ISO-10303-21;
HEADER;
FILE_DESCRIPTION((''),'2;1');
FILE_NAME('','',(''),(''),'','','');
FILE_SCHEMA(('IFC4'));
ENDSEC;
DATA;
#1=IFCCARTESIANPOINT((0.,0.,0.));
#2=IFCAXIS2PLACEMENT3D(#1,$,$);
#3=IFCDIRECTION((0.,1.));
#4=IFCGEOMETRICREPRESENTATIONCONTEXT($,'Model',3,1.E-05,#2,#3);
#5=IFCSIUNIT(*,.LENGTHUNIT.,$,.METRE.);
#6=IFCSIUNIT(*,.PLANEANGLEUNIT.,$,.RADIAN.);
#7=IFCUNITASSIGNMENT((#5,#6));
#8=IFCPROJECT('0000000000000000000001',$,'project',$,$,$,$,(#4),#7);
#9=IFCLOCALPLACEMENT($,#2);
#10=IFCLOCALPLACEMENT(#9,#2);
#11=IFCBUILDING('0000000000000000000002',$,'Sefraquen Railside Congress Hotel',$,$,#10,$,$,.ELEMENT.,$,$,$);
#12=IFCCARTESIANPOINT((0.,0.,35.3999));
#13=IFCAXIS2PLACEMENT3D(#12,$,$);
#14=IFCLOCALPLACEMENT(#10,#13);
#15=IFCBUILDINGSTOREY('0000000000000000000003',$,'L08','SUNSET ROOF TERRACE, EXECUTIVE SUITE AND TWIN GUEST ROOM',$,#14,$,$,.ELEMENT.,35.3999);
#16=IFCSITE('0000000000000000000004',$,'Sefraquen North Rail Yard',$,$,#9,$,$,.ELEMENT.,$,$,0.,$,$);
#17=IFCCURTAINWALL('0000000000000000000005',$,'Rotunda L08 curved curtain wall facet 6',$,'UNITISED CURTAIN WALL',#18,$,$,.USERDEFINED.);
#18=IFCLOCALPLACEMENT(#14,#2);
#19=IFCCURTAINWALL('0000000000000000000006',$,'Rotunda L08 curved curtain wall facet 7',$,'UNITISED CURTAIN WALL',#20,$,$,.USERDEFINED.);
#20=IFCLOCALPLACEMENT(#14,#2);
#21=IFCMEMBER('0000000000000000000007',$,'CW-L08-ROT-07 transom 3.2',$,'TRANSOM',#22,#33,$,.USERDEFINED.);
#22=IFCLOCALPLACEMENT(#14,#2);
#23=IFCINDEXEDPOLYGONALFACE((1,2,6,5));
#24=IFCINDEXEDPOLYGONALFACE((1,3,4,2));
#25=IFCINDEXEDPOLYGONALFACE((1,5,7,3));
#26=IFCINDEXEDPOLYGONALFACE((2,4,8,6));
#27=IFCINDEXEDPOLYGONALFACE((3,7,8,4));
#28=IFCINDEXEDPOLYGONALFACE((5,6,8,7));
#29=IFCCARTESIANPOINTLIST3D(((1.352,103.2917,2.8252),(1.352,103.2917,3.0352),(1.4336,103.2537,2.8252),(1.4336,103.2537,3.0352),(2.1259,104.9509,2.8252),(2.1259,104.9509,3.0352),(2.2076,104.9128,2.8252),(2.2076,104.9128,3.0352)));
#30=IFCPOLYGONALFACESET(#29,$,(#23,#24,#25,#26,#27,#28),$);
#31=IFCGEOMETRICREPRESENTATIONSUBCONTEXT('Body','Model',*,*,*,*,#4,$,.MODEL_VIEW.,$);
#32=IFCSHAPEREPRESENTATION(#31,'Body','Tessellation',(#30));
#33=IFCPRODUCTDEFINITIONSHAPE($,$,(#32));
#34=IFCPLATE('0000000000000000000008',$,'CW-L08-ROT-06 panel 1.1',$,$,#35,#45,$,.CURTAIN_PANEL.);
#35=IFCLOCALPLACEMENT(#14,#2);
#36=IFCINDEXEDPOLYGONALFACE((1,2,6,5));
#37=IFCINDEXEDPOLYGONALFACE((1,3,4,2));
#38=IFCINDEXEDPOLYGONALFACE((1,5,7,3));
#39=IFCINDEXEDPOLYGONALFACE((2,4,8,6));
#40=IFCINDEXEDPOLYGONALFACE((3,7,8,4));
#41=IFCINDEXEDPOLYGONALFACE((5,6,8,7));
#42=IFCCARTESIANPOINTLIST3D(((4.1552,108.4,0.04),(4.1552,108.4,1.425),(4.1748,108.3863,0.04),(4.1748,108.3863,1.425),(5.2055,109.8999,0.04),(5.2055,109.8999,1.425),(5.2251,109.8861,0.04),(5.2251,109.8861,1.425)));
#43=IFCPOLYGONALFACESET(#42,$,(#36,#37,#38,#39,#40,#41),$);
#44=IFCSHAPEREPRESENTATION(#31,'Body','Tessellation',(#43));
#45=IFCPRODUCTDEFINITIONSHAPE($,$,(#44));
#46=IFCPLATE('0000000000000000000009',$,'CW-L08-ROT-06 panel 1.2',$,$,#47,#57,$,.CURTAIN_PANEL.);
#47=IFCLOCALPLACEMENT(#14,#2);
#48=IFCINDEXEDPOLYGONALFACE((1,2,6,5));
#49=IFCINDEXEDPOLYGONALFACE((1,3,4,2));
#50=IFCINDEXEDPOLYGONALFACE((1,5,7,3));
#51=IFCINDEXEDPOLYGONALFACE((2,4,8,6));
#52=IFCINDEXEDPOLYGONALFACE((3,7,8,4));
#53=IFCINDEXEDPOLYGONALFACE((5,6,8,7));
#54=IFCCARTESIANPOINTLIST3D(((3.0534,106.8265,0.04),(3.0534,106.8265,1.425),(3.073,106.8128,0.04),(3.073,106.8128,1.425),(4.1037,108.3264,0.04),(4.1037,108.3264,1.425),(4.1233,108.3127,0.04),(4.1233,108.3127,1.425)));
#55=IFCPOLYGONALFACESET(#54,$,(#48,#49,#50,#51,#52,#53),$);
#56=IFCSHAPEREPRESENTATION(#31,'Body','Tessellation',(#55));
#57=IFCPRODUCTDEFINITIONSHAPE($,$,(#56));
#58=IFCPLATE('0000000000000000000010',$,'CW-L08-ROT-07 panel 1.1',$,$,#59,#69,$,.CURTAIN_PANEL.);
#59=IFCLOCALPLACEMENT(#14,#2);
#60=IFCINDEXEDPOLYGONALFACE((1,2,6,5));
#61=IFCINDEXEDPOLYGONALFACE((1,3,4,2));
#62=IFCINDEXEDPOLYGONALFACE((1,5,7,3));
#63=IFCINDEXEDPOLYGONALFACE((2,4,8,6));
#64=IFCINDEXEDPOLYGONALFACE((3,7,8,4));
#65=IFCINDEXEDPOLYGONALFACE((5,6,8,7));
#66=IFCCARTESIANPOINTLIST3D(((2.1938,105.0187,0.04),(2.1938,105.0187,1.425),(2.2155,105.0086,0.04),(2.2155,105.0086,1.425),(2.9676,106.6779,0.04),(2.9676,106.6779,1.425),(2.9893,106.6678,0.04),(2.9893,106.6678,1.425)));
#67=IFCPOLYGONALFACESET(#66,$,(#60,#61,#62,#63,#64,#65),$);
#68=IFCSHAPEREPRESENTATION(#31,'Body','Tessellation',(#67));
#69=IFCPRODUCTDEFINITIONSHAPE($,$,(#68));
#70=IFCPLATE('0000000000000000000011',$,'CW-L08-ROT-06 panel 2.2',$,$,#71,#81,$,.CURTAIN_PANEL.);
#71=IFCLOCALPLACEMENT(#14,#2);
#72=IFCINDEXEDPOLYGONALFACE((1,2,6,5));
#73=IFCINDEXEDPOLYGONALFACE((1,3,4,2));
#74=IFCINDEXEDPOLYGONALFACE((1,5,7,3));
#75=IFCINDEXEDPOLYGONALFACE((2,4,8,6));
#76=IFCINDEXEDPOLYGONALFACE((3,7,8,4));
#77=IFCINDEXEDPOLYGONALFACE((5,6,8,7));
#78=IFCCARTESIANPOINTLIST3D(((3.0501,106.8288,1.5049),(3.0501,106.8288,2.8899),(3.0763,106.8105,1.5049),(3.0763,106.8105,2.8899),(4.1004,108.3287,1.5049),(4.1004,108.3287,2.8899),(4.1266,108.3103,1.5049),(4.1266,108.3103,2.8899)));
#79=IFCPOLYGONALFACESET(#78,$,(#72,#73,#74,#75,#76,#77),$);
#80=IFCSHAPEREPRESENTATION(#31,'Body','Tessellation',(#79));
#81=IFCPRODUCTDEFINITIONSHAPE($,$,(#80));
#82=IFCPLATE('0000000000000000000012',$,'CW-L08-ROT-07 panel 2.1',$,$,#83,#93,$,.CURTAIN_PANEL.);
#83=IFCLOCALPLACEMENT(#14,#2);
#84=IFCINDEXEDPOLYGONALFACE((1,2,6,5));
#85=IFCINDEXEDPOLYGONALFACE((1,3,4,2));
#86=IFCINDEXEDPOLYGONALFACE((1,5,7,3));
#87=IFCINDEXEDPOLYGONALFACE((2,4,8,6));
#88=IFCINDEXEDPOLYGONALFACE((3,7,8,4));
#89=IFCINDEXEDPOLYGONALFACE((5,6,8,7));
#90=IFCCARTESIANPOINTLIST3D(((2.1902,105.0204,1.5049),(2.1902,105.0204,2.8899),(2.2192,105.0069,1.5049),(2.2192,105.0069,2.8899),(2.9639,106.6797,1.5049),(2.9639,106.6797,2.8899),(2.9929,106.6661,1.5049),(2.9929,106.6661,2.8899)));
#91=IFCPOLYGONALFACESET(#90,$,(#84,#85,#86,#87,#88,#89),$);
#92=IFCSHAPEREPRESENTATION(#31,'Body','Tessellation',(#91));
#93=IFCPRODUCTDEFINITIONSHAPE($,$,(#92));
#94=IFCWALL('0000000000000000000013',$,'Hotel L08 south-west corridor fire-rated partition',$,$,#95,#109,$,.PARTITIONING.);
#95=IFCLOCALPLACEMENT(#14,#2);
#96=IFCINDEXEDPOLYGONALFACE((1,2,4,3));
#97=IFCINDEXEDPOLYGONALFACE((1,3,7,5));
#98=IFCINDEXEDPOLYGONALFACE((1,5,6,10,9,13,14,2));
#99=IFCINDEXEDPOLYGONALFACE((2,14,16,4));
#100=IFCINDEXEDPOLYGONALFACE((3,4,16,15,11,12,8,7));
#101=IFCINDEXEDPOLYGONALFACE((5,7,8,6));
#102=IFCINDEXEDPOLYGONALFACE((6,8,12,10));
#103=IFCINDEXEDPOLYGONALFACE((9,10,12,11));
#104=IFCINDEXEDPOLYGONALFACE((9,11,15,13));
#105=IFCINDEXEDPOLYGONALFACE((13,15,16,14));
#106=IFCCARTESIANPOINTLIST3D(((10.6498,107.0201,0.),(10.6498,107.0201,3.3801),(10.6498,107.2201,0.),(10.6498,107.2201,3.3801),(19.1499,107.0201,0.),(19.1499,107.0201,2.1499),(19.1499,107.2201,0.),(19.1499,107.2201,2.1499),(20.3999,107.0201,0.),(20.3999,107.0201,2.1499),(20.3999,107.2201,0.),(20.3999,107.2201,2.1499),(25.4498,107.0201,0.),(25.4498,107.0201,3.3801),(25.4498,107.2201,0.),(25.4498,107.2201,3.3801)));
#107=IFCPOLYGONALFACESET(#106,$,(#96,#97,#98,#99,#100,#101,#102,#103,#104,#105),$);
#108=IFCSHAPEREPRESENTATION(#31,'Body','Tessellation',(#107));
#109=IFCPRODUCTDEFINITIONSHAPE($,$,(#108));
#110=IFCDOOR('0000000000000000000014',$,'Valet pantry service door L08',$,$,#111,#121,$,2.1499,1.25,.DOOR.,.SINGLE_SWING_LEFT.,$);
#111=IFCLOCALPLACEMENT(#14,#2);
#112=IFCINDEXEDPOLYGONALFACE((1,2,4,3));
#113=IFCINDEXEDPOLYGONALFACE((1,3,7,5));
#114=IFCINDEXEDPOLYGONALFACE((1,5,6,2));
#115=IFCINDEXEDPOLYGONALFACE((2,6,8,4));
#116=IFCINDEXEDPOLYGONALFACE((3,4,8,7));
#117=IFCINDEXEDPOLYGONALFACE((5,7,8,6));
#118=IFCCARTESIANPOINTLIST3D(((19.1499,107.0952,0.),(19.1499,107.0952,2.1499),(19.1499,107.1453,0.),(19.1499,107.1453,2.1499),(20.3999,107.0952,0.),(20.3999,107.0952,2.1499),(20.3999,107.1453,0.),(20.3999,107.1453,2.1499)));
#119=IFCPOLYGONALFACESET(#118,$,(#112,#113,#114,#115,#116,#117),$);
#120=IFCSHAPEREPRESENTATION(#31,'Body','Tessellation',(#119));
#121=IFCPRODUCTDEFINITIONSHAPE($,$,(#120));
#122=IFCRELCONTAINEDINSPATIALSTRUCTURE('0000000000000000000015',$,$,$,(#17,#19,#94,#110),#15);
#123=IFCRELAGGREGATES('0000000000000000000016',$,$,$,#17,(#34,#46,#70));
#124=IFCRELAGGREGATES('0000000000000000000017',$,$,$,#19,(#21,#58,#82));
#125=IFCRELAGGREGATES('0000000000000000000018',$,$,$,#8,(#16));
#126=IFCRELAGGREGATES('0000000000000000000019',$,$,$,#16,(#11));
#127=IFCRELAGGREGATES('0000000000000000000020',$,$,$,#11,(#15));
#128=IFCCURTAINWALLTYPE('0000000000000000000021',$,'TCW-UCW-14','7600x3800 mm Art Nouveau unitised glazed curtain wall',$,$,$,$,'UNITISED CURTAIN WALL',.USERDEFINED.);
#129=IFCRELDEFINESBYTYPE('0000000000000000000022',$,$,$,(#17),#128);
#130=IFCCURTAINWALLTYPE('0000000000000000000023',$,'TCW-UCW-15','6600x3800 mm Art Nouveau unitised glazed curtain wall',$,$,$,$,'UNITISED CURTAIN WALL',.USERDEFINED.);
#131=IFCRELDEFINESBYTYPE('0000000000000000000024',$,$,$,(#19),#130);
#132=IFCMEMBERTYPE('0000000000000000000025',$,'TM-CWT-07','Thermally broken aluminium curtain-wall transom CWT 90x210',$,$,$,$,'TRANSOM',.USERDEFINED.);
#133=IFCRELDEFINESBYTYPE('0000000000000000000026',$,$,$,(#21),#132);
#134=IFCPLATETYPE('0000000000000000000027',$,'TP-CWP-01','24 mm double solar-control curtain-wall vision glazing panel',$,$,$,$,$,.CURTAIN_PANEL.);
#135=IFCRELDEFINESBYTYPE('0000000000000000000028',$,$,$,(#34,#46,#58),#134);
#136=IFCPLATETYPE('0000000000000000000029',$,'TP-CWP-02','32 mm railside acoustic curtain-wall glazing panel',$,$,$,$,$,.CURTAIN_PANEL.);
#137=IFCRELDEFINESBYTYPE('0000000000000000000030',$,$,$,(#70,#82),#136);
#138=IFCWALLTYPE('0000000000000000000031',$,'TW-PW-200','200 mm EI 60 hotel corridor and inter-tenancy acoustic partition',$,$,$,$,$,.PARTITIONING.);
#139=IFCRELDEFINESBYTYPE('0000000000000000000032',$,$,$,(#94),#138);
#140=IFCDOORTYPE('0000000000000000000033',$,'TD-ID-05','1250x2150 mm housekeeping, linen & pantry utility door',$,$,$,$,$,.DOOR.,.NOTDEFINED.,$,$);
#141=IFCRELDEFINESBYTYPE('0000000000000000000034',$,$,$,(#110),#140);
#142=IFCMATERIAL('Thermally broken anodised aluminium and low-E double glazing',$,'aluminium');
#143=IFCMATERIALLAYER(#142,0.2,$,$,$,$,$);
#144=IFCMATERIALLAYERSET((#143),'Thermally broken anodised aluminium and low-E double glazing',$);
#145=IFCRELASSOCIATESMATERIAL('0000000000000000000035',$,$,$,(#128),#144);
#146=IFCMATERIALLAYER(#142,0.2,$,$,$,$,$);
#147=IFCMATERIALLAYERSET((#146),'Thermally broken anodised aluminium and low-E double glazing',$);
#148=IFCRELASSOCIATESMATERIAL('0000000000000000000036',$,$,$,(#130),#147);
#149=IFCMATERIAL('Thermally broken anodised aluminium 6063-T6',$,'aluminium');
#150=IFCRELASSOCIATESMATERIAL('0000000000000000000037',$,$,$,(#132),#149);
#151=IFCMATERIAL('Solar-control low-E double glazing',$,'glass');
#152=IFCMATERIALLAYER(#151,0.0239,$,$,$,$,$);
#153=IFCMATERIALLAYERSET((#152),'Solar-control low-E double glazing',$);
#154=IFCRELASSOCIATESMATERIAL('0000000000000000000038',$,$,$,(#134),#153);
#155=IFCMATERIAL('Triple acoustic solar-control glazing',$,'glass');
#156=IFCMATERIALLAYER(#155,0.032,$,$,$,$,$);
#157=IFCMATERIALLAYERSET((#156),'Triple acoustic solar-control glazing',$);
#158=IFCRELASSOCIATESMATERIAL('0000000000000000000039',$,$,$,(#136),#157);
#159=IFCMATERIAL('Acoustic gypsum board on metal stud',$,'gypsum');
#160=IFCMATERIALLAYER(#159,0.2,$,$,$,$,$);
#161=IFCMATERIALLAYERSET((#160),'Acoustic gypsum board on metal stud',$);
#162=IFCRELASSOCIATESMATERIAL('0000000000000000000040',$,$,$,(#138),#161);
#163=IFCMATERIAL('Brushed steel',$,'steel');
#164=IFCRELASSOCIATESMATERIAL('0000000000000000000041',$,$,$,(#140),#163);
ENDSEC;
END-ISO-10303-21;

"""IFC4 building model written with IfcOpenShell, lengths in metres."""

from ifc_helpers import new_model, si_unit, direction, frame, frame_2d, origin, origin_2d, place, context, subcontext, project, spatial, rectangle, extrude, material, layer, layer_set, material_profile, profile_set, type_object, element, fill, aggregate, save


model = new_model("IFC4")

# Units and contexts
model_context = context("Model", 3, precision=1e-05, world=origin(), true_north=direction((0.0, 1.0)))
body_context = subcontext(model_context, "Body", "Model", "MODEL_VIEW")
ifc_project = project(units=[si_unit("LENGTHUNIT", "METRE"), si_unit("PLANEANGLEUNIT", "RADIAN")], contexts=[model_context])

# Site, building, storey
site_placement = place(None, origin())
site = spatial("IfcSite", under=ifc_project, at=site_placement, Name="Sefraquen North Rail Yard", CompositionType="ELEMENT", RefElevation=0.0)
building_placement = place(site_placement, origin())
building = spatial("IfcBuilding", under=site, at=building_placement, Name="Sefraquen Railside Congress Hotel", CompositionType="ELEMENT")
storey_placement = place(building_placement, frame((0.0, 0.0, 35.3999)))
storey = spatial("IfcBuildingStorey", under=building, at=storey_placement, Name="L08", Description="SUNSET ROOF TERRACE, EXECUTIVE SUITE AND TWIN GUEST ROOM", CompositionType="ELEMENT", Elevation=35.3999)

# Curtain walls
ifc_material_1 = material(Name="Thermally broken anodised aluminium and low-E double glazing", Category="aluminium")
ifc_layer_1 = layer(ifc_material_1, 0.2)
ifc_layer_set_1 = layer_set([ifc_layer_1], Name="Thermally broken anodised aluminium and low-E double glazing")
curtain_wall_type_1 = type_object("IfcCurtainWallType", Name="TCW-UCW-14", Description="7600x3800 mm Art Nouveau unitised glazed curtain wall", ElementType="UNITISED CURTAIN WALL", PredefinedType="USERDEFINED", material=ifc_layer_set_1)
curtain_wall_1_placement = place(storey_placement, origin())
curtain_wall_1 = element("IfcCurtainWall", 1, at=curtain_wall_1_placement, inside=storey, type_object=curtain_wall_type_1, Name="Rotunda L08 curved curtain wall facet 6", ObjectType="UNITISED CURTAIN WALL", PredefinedType="USERDEFINED")
ifc_material_2 = material(Name="Thermally broken anodised aluminium 6063-T6", Category="aluminium")
ifc_layer_2 = layer(ifc_material_1, 0.2)
ifc_layer_set_2 = layer_set([ifc_layer_2], Name="Thermally broken anodised aluminium and low-E double glazing")
curtain_wall_type_2 = type_object("IfcCurtainWallType", Name="TCW-UCW-15", Description="6600x3800 mm Art Nouveau unitised glazed curtain wall", ElementType="UNITISED CURTAIN WALL", PredefinedType="USERDEFINED", material=ifc_layer_set_2)
curtain_wall_2_placement = place(storey_placement, origin())
curtain_wall_2 = element("IfcCurtainWall", 2, at=curtain_wall_2_placement, inside=storey, type_object=curtain_wall_type_2, Name="Rotunda L08 curved curtain wall facet 7", ObjectType="UNITISED CURTAIN WALL", PredefinedType="USERDEFINED")

# Member
ifc_material_profile_1 = material_profile(ifc_material_2, rectangle(XDim=0.0901, YDim=0.21, at=origin_2d()), Name="CWT 90x210")
ifc_profile_set_1 = profile_set([ifc_material_profile_1], Name="Thermally broken anodised aluminium 6063-T6")
member_type_1 = type_object("IfcMemberType", Name="TM-CWT-07", Description="Thermally broken aluminium curtain-wall transom CWT 90x210", ElementType="TRANSOM", PredefinedType="USERDEFINED", material=ifc_profile_set_1)
member_1_placement = place(storey_placement, frame((2.1667, 104.9319, 2.9302), z_axis=(-0.422725, -0.906258, 0.0), x_axis=(0.906258, -0.422725, 0.0)))
member_1 = element("IfcMember", 3, at=member_1_placement, type_object=member_type_1, Name="CW-L08-ROT-07 transom 3.2", ObjectType="TRANSOM", PredefinedType="USERDEFINED", context=body_context, shape_type="SweptSolid", body=[
    extrude(rectangle(XDim=0.0901, YDim=0.21, at=origin_2d()), origin(), (0.0, 0.0, 1.0), 1.8308),
])

# Plates
ifc_material_3 = material(Name="Solar-control low-E double glazing", Category="glass")
ifc_layer_3 = layer(ifc_material_3, 0.0239)
ifc_layer_set_3 = layer_set([ifc_layer_3], Name="Solar-control low-E double glazing")
plate_type_1 = type_object("IfcPlateType", Name="TP-CWP-01", Description="24 mm double solar-control curtain-wall vision glazing panel", PredefinedType="CURTAIN_PANEL", material=ifc_layer_set_3)
plate_1_placement = place(storey_placement, frame((4.6902, 109.1431, 0.04), z_axis=(0.0, 0.0, 1.0), x_axis=(-0.573605, -0.819132, 0.0)))
plate_1 = element("IfcPlate", 4, at=plate_1_placement, type_object=plate_type_1, Name="CW-L08-ROT-06 panel 1.1", PredefinedType="CURTAIN_PANEL", context=body_context, shape_type="SweptSolid", body=[
    extrude(rectangle(XDim=1.8311, YDim=0.0239, at=origin_2d()), origin(), (0.0, 0.0, 1.0), 1.385),
])
plate_2_placement = place(storey_placement, frame((3.5884, 107.5696, 0.04), z_axis=(0.0, 0.0, 1.0), x_axis=(-0.573605, -0.819132, 0.0)))
plate_2 = element("IfcPlate", 5, at=plate_2_placement, type_object=plate_type_1, Name="CW-L08-ROT-06 panel 1.2", PredefinedType="CURTAIN_PANEL", context=body_context, shape_type="SweptSolid", body=[
    extrude(rectangle(XDim=1.8311, YDim=0.0239, at=origin_2d()), origin(), (0.0, 0.0, 1.0), 1.385),
])
plate_3_placement = place(storey_placement, frame((2.5916, 105.8433, 0.04), z_axis=(0.0, 0.0, 1.0), x_axis=(-0.422634, -0.9063, 0.0)))
plate_3 = element("IfcPlate", 6, at=plate_3_placement, type_object=plate_type_1, Name="CW-L08-ROT-07 panel 1.1", PredefinedType="CURTAIN_PANEL", context=body_context, shape_type="SweptSolid", body=[
    extrude(rectangle(XDim=1.8308, YDim=0.0239, at=origin_2d()), origin(), (0.0, 0.0, 1.0), 1.385),
])
ifc_material_4 = material(Name="Triple acoustic solar-control glazing", Category="glass")
ifc_layer_4 = layer(ifc_material_4, 0.032)
ifc_layer_set_4 = layer_set([ifc_layer_4], Name="Triple acoustic solar-control glazing")
plate_type_2 = type_object("IfcPlateType", Name="TP-CWP-02", Description="32 mm railside acoustic curtain-wall glazing panel", PredefinedType="CURTAIN_PANEL", material=ifc_layer_set_4)
plate_4_placement = place(storey_placement, frame((3.5884, 107.5696, 1.5049), z_axis=(0.0, 0.0, 1.0), x_axis=(-0.573605, -0.819132, 0.0)))
plate_4 = element("IfcPlate", 7, at=plate_4_placement, type_object=plate_type_2, Name="CW-L08-ROT-06 panel 2.2", PredefinedType="CURTAIN_PANEL", context=body_context, shape_type="SweptSolid", body=[
    extrude(rectangle(XDim=1.8311, YDim=0.032, at=origin_2d()), origin(), (0.0, 0.0, 1.0), 1.385),
])
aggregate(curtain_wall_1, [plate_1, plate_2, plate_4])
plate_5_placement = place(storey_placement, frame((2.5916, 105.8433, 1.5049), z_axis=(0.0, 0.0, 1.0), x_axis=(-0.422634, -0.9063, 0.0)))
plate_5 = element("IfcPlate", 8, at=plate_5_placement, type_object=plate_type_2, Name="CW-L08-ROT-07 panel 2.1", PredefinedType="CURTAIN_PANEL", context=body_context, shape_type="SweptSolid", body=[
    extrude(rectangle(XDim=1.8308, YDim=0.032, at=origin_2d()), origin(), (0.0, 0.0, 1.0), 1.385),
])
aggregate(curtain_wall_2, [member_1, plate_3, plate_5])

# Wall, opening, door
ifc_material_5 = material(Name="Acoustic gypsum board on metal stud", Category="gypsum")
ifc_layer_5 = layer(ifc_material_5, 0.2)
ifc_layer_set_5 = layer_set([ifc_layer_5], Name="Acoustic gypsum board on metal stud")
wall_type = type_object("IfcWallType", Name="TW-PW-200", Description="200 mm EI 60 hotel corridor and inter-tenancy acoustic partition", PredefinedType="PARTITIONING", material=ifc_layer_set_5)
wall_placement = place(storey_placement, frame((10.6499, 107.1201, 0.0), z_axis=(0.0, 0.0, 1.0), x_axis=(1.0, 0.0, 0.0)))
wall = element("IfcWall", 9, at=wall_placement, inside=storey, type_object=wall_type, Name="Hotel L08 south-west corridor fire-rated partition", PredefinedType="PARTITIONING", context=body_context, shape_type="SweptSolid", body=[
    extrude(rectangle(XDim=14.8, YDim=0.2, at=frame_2d((7.3999, 0.0))), origin(), (0.0, 0.0, 1.0), 3.3801),
])
opening_placement = place(wall_placement, frame((8.5, 0.0, 0.0)))
opening = element("IfcOpeningElement", 10, at=opening_placement, cuts=wall, PredefinedType="OPENING", context=body_context, shape_type="SweptSolid", body=[
    extrude(rectangle(XDim=1.25, YDim=2.1499, at=frame_2d((0.625, 1.075))), frame((0.0, 0.1099, 0.0), z_axis=(0.0, -1.0, 0.0), x_axis=(1.0, 0.0, 0.0)), (0.0, 0.0, 1.0), 0.22),
])
ifc_material_6 = material(Name="Brushed steel", Category="steel")
door_type = type_object("IfcDoorType", Name="TD-ID-05", Description="1250x2150 mm housekeeping, linen & pantry utility door", OperationType="NOTDEFINED", PredefinedType="DOOR", material=ifc_material_6)
door_placement = place(opening_placement, frame((1.25, 0.0, 0.0), z_axis=(0.0, 0.0, 1.0), x_axis=(-1.0, 0.0, 0.0)))
door = element("IfcDoor", 11, at=door_placement, inside=storey, type_object=door_type, Name="Valet pantry service door L08", OperationType="SINGLE_SWING_LEFT", OverallHeight=2.1499, OverallWidth=1.25, PredefinedType="DOOR", context=body_context, shape_type="SweptSolid", body=[
    extrude(rectangle(XDim=1.25, YDim=2.1499, at=frame_2d((0.625, 1.075))), frame((0.0, 0.0249, 0.0), z_axis=(0.0, -1.0, 0.0), x_axis=(1.0, 0.0, 0.0)), (0.0, 0.0, 1.0), 0.05),
])
fill(opening, door)

save(model, "model.ifc")
